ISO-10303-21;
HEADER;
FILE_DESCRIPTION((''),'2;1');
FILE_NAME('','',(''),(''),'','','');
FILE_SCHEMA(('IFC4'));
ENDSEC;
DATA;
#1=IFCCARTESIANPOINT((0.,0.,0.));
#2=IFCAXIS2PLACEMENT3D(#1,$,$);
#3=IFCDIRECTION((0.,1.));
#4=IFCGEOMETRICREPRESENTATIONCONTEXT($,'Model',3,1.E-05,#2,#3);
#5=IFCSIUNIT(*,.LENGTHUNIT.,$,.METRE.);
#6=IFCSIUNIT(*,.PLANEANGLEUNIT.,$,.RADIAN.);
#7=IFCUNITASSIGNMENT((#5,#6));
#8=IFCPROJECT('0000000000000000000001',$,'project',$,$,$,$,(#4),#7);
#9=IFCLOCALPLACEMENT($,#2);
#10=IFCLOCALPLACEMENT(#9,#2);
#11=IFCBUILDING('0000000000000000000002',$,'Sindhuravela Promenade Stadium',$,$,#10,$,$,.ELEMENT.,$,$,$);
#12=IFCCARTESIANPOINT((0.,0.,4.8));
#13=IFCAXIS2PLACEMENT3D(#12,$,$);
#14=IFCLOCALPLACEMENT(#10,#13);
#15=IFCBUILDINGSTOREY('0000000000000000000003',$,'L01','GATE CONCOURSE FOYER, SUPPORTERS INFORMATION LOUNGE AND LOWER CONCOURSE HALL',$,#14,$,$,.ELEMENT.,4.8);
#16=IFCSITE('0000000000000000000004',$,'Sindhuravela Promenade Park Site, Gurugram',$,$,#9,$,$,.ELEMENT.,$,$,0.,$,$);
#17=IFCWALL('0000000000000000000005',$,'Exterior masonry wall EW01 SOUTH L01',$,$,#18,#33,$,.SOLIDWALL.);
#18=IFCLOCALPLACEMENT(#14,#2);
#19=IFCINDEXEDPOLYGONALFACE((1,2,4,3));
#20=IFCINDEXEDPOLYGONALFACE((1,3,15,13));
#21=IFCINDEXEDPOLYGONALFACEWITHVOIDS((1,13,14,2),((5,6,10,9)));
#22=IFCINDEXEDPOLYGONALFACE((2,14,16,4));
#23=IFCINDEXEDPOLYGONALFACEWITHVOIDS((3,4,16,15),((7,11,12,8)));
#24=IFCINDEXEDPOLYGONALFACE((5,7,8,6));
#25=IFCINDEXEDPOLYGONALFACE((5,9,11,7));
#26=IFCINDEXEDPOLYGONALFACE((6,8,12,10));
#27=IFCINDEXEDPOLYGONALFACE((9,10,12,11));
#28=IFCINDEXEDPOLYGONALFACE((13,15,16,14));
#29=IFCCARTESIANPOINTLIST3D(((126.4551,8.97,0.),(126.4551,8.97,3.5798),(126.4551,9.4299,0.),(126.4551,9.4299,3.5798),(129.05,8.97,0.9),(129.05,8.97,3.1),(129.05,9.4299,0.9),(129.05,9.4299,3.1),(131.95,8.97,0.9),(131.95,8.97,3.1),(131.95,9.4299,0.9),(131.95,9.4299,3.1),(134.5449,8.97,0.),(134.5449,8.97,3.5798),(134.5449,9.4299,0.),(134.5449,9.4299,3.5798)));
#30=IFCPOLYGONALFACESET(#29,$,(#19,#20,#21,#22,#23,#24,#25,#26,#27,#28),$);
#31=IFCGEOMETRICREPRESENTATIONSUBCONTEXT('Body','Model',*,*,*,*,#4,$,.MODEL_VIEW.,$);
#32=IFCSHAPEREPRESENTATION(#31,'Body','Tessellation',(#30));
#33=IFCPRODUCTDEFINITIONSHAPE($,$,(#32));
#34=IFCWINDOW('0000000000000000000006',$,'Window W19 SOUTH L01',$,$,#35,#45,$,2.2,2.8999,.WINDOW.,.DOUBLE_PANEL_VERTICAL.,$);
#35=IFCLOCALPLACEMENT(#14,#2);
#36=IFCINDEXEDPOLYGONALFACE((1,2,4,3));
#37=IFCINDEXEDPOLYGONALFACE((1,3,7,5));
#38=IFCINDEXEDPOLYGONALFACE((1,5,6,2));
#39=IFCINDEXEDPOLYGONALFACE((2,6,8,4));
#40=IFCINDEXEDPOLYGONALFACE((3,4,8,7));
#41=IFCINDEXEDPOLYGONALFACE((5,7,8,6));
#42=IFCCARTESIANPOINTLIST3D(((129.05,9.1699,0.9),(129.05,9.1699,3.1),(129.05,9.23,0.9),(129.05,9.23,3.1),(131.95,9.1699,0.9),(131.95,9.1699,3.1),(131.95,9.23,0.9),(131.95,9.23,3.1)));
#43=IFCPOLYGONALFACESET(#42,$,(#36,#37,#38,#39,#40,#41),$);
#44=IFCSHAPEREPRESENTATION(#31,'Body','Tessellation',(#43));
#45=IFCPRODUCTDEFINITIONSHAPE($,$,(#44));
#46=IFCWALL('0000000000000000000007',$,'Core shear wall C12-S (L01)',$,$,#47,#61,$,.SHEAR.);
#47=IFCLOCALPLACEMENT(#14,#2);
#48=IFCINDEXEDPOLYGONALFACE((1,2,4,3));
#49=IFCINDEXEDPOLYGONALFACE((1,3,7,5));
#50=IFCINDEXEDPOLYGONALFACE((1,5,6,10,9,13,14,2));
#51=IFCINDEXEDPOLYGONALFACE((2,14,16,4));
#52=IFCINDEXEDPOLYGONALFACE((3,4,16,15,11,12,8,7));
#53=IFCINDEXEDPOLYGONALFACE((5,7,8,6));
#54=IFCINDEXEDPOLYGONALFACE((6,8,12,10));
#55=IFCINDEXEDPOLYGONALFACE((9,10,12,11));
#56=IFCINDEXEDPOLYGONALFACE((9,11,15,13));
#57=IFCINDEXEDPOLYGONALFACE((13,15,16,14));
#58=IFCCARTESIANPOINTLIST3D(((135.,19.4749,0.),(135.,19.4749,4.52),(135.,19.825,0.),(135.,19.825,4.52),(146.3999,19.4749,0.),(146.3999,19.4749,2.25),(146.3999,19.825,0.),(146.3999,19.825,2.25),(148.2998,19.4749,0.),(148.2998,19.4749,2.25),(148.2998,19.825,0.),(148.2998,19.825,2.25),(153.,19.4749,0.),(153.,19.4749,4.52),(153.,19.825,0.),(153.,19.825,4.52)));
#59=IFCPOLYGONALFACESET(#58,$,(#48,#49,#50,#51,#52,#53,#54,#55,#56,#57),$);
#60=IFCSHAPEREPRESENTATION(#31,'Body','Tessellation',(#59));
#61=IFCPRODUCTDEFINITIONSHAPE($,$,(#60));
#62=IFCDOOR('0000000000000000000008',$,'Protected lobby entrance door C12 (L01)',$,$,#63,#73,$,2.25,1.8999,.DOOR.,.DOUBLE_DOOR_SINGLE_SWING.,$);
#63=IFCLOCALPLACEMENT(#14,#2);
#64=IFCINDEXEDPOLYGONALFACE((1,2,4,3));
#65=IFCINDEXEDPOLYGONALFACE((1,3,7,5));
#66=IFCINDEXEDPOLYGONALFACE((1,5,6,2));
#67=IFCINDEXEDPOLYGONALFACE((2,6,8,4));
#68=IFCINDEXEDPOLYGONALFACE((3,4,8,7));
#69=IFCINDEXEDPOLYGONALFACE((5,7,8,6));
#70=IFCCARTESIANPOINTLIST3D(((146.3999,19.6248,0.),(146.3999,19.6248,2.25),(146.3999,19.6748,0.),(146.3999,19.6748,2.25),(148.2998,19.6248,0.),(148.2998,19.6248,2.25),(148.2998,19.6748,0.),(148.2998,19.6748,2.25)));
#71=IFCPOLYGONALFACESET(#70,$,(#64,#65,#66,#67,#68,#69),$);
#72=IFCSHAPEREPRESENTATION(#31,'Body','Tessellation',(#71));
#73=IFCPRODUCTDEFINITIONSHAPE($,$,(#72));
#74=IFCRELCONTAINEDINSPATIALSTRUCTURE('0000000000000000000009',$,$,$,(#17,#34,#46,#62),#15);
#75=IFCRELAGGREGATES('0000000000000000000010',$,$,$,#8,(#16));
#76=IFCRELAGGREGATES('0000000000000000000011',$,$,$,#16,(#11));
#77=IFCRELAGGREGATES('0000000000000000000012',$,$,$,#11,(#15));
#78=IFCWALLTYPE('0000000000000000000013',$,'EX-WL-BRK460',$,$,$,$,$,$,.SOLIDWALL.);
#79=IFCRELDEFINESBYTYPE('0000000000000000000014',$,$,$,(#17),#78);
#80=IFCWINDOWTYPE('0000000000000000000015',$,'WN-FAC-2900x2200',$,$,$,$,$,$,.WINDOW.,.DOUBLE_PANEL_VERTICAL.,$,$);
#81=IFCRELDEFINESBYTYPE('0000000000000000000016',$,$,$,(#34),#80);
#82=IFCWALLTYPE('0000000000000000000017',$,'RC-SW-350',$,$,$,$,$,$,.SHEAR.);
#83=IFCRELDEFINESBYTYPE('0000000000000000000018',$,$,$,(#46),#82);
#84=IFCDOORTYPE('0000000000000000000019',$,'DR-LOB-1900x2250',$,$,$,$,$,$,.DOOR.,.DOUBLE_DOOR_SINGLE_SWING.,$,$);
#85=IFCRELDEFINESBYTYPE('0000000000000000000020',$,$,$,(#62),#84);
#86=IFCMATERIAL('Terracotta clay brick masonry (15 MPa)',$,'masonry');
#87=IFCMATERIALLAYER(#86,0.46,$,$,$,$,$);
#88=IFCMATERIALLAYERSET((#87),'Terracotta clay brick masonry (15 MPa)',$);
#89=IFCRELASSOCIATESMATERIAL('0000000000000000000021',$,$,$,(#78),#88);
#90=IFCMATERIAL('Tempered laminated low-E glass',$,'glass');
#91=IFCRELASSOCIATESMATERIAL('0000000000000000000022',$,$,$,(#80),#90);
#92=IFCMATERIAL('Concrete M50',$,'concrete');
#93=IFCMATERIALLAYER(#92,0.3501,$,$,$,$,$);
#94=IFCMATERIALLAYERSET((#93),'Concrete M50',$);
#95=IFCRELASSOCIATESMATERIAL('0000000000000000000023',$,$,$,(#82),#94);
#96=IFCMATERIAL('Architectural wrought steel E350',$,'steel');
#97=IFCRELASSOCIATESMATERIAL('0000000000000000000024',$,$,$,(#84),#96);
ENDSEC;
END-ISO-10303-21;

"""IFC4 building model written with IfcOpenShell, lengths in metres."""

from ifc_helpers import new_model, si_unit, direction, frame, frame_2d, origin, place, context, subcontext, project, spatial, rectangle, extrude, material, layer, layer_set, type_object, element, fill, save


model = new_model("IFC4")

# Units and contexts
model_context = context("Model", 3, precision=1e-05, world=origin(), true_north=direction((0.0, 1.0)))
body_context = subcontext(model_context, "Body", "Model", "MODEL_VIEW")
ifc_project = project(units=[si_unit("LENGTHUNIT", "METRE"), si_unit("PLANEANGLEUNIT", "RADIAN")], contexts=[model_context])

# Site, building, storey
site_placement = place(None, origin())
site = spatial("IfcSite", under=ifc_project, at=site_placement, Name="Sindhuravela Promenade Park Site, Gurugram", CompositionType="ELEMENT", RefElevation=0.0)
building_placement = place(site_placement, origin())
building = spatial("IfcBuilding", under=site, at=building_placement, Name="Sindhuravela Promenade Stadium", CompositionType="ELEMENT")
storey_placement = place(building_placement, frame((0.0, 0.0, 4.8)))
storey = spatial("IfcBuildingStorey", under=building, at=storey_placement, Name="L01", Description="GATE CONCOURSE FOYER, SUPPORTERS INFORMATION LOUNGE AND LOWER CONCOURSE HALL", CompositionType="ELEMENT", Elevation=4.8)

# Wall, opening, window
ifc_material_1 = material(Name="Terracotta clay brick masonry (15 MPa)", Category="masonry")
ifc_material_2 = material(Name="Tempered laminated low-E glass", Category="glass")
ifc_layer_1 = layer(ifc_material_1, 0.46)
ifc_layer_set_1 = layer_set([ifc_layer_1], Name="Terracotta clay brick masonry (15 MPa)")
wall_type_1 = type_object("IfcWallType", Name="EX-WL-BRK460", PredefinedType="SOLIDWALL", material=ifc_layer_set_1)
wall_1_placement = place(storey_placement, frame((134.5449, 9.2, 0.0), z_axis=(0.0, 0.0, 1.0), x_axis=(-1.0, 0.0, 0.0)))
wall_1 = element("IfcWall", 1, at=wall_1_placement, inside=storey, type_object=wall_type_1, Name="Exterior masonry wall EW01 SOUTH L01", PredefinedType="SOLIDWALL", context=body_context, shape_type="SweptSolid", body=[
    extrude(rectangle(XDim=8.0898, YDim=0.46, at=frame_2d((4.0449, 0.0))), origin(), (0.0, 0.0, 1.0), 3.5798),
])
opening_1_placement = place(wall_1_placement, frame((2.595, 0.0, 0.8999)))
opening_1 = element("IfcOpeningElement", 2, at=opening_1_placement, cuts=wall_1, PredefinedType="OPENING", context=body_context, shape_type="SweptSolid", body=[
    extrude(rectangle(XDim=2.8999, YDim=2.2, at=frame_2d((1.45, 1.1001))), frame((0.0, 0.24, 0.0), z_axis=(0.0, -1.0, 0.0), x_axis=(1.0, 0.0, 0.0)), (0.0, 0.0, 1.0), 0.48),
])
window_type_1 = type_object("IfcWindowType", Name="WN-FAC-2900x2200", PartitioningType="DOUBLE_PANEL_VERTICAL", PredefinedType="WINDOW", material=ifc_material_2)
window_1_placement = place(opening_1_placement, origin())
window_1 = element("IfcWindow", 3, at=window_1_placement, inside=storey, type_object=window_type_1, Name="Window W19 SOUTH L01", OverallHeight=2.2, OverallWidth=2.8999, PartitioningType="DOUBLE_PANEL_VERTICAL", PredefinedType="WINDOW", context=body_context, shape_type="SweptSolid", body=[
    extrude(rectangle(XDim=2.8999, YDim=2.2, at=frame_2d((1.45, 1.1001))), frame((0.0, 0.03, 0.0), z_axis=(0.0, -1.0, 0.0), x_axis=(1.0, 0.0, 0.0)), (0.0, 0.0, 1.0), 0.0601),
])
fill(opening_1, window_1)

# Wall, opening, door
ifc_material_3 = material(Name="Concrete M50", Category="concrete")
ifc_layer_2 = layer(ifc_material_3, 0.3501)
ifc_layer_set_2 = layer_set([ifc_layer_2], Name="Concrete M50")
wall_type_2 = type_object("IfcWallType", Name="RC-SW-350", PredefinedType="SHEAR", material=ifc_layer_set_2)
wall_2_placement = place(storey_placement, frame((135.0, 19.6499, 0.0), z_axis=(0.0, 0.0, 1.0), x_axis=(1.0, 0.0, 0.0)))
wall_2 = element("IfcWall", 4, at=wall_2_placement, inside=storey, type_object=wall_type_2, Name="Core shear wall C12-S (L01)", PredefinedType="SHEAR", context=body_context, shape_type="SweptSolid", body=[
    extrude(rectangle(XDim=18.0, YDim=0.3501, at=frame_2d((9.0, 0.0))), origin(), (0.0, 0.0, 1.0), 4.52),
])
opening_2_placement = place(wall_2_placement, frame((11.3999, 0.0, 0.0)))
opening_2 = element("IfcOpeningElement", 5, at=opening_2_placement, cuts=wall_2, PredefinedType="OPENING", context=body_context, shape_type="SweptSolid", body=[
    extrude(rectangle(XDim=1.8999, YDim=2.25, at=frame_2d((0.95, 1.125))), frame((0.0, 0.1851, 0.0), z_axis=(0.0, -1.0, 0.0), x_axis=(1.0, 0.0, 0.0)), (0.0, 0.0, 1.0), 0.3701),
])
ifc_material_4 = material(Name="Architectural wrought steel E350", Category="steel")
door_type = type_object("IfcDoorType", Name="DR-LOB-1900x2250", OperationType="DOUBLE_DOOR_SINGLE_SWING", PredefinedType="DOOR", material=ifc_material_4)
door_placement = place(opening_2_placement, origin())
door = element("IfcDoor", 6, at=door_placement, inside=storey, type_object=door_type, Name="Protected lobby entrance door C12 (L01)", OperationType="DOUBLE_DOOR_SINGLE_SWING", OverallHeight=2.25, OverallWidth=1.8999, PredefinedType="DOOR", context=body_context, shape_type="SweptSolid", body=[
    extrude(rectangle(XDim=1.8999, YDim=2.25, at=frame_2d((0.95, 1.125))), frame((0.0, 0.0249, 0.0), z_axis=(0.0, -1.0, 0.0), x_axis=(1.0, 0.0, 0.0)), (0.0, 0.0, 1.0), 0.05),
])
fill(opening_2, door)

save(model, "model.ifc")
